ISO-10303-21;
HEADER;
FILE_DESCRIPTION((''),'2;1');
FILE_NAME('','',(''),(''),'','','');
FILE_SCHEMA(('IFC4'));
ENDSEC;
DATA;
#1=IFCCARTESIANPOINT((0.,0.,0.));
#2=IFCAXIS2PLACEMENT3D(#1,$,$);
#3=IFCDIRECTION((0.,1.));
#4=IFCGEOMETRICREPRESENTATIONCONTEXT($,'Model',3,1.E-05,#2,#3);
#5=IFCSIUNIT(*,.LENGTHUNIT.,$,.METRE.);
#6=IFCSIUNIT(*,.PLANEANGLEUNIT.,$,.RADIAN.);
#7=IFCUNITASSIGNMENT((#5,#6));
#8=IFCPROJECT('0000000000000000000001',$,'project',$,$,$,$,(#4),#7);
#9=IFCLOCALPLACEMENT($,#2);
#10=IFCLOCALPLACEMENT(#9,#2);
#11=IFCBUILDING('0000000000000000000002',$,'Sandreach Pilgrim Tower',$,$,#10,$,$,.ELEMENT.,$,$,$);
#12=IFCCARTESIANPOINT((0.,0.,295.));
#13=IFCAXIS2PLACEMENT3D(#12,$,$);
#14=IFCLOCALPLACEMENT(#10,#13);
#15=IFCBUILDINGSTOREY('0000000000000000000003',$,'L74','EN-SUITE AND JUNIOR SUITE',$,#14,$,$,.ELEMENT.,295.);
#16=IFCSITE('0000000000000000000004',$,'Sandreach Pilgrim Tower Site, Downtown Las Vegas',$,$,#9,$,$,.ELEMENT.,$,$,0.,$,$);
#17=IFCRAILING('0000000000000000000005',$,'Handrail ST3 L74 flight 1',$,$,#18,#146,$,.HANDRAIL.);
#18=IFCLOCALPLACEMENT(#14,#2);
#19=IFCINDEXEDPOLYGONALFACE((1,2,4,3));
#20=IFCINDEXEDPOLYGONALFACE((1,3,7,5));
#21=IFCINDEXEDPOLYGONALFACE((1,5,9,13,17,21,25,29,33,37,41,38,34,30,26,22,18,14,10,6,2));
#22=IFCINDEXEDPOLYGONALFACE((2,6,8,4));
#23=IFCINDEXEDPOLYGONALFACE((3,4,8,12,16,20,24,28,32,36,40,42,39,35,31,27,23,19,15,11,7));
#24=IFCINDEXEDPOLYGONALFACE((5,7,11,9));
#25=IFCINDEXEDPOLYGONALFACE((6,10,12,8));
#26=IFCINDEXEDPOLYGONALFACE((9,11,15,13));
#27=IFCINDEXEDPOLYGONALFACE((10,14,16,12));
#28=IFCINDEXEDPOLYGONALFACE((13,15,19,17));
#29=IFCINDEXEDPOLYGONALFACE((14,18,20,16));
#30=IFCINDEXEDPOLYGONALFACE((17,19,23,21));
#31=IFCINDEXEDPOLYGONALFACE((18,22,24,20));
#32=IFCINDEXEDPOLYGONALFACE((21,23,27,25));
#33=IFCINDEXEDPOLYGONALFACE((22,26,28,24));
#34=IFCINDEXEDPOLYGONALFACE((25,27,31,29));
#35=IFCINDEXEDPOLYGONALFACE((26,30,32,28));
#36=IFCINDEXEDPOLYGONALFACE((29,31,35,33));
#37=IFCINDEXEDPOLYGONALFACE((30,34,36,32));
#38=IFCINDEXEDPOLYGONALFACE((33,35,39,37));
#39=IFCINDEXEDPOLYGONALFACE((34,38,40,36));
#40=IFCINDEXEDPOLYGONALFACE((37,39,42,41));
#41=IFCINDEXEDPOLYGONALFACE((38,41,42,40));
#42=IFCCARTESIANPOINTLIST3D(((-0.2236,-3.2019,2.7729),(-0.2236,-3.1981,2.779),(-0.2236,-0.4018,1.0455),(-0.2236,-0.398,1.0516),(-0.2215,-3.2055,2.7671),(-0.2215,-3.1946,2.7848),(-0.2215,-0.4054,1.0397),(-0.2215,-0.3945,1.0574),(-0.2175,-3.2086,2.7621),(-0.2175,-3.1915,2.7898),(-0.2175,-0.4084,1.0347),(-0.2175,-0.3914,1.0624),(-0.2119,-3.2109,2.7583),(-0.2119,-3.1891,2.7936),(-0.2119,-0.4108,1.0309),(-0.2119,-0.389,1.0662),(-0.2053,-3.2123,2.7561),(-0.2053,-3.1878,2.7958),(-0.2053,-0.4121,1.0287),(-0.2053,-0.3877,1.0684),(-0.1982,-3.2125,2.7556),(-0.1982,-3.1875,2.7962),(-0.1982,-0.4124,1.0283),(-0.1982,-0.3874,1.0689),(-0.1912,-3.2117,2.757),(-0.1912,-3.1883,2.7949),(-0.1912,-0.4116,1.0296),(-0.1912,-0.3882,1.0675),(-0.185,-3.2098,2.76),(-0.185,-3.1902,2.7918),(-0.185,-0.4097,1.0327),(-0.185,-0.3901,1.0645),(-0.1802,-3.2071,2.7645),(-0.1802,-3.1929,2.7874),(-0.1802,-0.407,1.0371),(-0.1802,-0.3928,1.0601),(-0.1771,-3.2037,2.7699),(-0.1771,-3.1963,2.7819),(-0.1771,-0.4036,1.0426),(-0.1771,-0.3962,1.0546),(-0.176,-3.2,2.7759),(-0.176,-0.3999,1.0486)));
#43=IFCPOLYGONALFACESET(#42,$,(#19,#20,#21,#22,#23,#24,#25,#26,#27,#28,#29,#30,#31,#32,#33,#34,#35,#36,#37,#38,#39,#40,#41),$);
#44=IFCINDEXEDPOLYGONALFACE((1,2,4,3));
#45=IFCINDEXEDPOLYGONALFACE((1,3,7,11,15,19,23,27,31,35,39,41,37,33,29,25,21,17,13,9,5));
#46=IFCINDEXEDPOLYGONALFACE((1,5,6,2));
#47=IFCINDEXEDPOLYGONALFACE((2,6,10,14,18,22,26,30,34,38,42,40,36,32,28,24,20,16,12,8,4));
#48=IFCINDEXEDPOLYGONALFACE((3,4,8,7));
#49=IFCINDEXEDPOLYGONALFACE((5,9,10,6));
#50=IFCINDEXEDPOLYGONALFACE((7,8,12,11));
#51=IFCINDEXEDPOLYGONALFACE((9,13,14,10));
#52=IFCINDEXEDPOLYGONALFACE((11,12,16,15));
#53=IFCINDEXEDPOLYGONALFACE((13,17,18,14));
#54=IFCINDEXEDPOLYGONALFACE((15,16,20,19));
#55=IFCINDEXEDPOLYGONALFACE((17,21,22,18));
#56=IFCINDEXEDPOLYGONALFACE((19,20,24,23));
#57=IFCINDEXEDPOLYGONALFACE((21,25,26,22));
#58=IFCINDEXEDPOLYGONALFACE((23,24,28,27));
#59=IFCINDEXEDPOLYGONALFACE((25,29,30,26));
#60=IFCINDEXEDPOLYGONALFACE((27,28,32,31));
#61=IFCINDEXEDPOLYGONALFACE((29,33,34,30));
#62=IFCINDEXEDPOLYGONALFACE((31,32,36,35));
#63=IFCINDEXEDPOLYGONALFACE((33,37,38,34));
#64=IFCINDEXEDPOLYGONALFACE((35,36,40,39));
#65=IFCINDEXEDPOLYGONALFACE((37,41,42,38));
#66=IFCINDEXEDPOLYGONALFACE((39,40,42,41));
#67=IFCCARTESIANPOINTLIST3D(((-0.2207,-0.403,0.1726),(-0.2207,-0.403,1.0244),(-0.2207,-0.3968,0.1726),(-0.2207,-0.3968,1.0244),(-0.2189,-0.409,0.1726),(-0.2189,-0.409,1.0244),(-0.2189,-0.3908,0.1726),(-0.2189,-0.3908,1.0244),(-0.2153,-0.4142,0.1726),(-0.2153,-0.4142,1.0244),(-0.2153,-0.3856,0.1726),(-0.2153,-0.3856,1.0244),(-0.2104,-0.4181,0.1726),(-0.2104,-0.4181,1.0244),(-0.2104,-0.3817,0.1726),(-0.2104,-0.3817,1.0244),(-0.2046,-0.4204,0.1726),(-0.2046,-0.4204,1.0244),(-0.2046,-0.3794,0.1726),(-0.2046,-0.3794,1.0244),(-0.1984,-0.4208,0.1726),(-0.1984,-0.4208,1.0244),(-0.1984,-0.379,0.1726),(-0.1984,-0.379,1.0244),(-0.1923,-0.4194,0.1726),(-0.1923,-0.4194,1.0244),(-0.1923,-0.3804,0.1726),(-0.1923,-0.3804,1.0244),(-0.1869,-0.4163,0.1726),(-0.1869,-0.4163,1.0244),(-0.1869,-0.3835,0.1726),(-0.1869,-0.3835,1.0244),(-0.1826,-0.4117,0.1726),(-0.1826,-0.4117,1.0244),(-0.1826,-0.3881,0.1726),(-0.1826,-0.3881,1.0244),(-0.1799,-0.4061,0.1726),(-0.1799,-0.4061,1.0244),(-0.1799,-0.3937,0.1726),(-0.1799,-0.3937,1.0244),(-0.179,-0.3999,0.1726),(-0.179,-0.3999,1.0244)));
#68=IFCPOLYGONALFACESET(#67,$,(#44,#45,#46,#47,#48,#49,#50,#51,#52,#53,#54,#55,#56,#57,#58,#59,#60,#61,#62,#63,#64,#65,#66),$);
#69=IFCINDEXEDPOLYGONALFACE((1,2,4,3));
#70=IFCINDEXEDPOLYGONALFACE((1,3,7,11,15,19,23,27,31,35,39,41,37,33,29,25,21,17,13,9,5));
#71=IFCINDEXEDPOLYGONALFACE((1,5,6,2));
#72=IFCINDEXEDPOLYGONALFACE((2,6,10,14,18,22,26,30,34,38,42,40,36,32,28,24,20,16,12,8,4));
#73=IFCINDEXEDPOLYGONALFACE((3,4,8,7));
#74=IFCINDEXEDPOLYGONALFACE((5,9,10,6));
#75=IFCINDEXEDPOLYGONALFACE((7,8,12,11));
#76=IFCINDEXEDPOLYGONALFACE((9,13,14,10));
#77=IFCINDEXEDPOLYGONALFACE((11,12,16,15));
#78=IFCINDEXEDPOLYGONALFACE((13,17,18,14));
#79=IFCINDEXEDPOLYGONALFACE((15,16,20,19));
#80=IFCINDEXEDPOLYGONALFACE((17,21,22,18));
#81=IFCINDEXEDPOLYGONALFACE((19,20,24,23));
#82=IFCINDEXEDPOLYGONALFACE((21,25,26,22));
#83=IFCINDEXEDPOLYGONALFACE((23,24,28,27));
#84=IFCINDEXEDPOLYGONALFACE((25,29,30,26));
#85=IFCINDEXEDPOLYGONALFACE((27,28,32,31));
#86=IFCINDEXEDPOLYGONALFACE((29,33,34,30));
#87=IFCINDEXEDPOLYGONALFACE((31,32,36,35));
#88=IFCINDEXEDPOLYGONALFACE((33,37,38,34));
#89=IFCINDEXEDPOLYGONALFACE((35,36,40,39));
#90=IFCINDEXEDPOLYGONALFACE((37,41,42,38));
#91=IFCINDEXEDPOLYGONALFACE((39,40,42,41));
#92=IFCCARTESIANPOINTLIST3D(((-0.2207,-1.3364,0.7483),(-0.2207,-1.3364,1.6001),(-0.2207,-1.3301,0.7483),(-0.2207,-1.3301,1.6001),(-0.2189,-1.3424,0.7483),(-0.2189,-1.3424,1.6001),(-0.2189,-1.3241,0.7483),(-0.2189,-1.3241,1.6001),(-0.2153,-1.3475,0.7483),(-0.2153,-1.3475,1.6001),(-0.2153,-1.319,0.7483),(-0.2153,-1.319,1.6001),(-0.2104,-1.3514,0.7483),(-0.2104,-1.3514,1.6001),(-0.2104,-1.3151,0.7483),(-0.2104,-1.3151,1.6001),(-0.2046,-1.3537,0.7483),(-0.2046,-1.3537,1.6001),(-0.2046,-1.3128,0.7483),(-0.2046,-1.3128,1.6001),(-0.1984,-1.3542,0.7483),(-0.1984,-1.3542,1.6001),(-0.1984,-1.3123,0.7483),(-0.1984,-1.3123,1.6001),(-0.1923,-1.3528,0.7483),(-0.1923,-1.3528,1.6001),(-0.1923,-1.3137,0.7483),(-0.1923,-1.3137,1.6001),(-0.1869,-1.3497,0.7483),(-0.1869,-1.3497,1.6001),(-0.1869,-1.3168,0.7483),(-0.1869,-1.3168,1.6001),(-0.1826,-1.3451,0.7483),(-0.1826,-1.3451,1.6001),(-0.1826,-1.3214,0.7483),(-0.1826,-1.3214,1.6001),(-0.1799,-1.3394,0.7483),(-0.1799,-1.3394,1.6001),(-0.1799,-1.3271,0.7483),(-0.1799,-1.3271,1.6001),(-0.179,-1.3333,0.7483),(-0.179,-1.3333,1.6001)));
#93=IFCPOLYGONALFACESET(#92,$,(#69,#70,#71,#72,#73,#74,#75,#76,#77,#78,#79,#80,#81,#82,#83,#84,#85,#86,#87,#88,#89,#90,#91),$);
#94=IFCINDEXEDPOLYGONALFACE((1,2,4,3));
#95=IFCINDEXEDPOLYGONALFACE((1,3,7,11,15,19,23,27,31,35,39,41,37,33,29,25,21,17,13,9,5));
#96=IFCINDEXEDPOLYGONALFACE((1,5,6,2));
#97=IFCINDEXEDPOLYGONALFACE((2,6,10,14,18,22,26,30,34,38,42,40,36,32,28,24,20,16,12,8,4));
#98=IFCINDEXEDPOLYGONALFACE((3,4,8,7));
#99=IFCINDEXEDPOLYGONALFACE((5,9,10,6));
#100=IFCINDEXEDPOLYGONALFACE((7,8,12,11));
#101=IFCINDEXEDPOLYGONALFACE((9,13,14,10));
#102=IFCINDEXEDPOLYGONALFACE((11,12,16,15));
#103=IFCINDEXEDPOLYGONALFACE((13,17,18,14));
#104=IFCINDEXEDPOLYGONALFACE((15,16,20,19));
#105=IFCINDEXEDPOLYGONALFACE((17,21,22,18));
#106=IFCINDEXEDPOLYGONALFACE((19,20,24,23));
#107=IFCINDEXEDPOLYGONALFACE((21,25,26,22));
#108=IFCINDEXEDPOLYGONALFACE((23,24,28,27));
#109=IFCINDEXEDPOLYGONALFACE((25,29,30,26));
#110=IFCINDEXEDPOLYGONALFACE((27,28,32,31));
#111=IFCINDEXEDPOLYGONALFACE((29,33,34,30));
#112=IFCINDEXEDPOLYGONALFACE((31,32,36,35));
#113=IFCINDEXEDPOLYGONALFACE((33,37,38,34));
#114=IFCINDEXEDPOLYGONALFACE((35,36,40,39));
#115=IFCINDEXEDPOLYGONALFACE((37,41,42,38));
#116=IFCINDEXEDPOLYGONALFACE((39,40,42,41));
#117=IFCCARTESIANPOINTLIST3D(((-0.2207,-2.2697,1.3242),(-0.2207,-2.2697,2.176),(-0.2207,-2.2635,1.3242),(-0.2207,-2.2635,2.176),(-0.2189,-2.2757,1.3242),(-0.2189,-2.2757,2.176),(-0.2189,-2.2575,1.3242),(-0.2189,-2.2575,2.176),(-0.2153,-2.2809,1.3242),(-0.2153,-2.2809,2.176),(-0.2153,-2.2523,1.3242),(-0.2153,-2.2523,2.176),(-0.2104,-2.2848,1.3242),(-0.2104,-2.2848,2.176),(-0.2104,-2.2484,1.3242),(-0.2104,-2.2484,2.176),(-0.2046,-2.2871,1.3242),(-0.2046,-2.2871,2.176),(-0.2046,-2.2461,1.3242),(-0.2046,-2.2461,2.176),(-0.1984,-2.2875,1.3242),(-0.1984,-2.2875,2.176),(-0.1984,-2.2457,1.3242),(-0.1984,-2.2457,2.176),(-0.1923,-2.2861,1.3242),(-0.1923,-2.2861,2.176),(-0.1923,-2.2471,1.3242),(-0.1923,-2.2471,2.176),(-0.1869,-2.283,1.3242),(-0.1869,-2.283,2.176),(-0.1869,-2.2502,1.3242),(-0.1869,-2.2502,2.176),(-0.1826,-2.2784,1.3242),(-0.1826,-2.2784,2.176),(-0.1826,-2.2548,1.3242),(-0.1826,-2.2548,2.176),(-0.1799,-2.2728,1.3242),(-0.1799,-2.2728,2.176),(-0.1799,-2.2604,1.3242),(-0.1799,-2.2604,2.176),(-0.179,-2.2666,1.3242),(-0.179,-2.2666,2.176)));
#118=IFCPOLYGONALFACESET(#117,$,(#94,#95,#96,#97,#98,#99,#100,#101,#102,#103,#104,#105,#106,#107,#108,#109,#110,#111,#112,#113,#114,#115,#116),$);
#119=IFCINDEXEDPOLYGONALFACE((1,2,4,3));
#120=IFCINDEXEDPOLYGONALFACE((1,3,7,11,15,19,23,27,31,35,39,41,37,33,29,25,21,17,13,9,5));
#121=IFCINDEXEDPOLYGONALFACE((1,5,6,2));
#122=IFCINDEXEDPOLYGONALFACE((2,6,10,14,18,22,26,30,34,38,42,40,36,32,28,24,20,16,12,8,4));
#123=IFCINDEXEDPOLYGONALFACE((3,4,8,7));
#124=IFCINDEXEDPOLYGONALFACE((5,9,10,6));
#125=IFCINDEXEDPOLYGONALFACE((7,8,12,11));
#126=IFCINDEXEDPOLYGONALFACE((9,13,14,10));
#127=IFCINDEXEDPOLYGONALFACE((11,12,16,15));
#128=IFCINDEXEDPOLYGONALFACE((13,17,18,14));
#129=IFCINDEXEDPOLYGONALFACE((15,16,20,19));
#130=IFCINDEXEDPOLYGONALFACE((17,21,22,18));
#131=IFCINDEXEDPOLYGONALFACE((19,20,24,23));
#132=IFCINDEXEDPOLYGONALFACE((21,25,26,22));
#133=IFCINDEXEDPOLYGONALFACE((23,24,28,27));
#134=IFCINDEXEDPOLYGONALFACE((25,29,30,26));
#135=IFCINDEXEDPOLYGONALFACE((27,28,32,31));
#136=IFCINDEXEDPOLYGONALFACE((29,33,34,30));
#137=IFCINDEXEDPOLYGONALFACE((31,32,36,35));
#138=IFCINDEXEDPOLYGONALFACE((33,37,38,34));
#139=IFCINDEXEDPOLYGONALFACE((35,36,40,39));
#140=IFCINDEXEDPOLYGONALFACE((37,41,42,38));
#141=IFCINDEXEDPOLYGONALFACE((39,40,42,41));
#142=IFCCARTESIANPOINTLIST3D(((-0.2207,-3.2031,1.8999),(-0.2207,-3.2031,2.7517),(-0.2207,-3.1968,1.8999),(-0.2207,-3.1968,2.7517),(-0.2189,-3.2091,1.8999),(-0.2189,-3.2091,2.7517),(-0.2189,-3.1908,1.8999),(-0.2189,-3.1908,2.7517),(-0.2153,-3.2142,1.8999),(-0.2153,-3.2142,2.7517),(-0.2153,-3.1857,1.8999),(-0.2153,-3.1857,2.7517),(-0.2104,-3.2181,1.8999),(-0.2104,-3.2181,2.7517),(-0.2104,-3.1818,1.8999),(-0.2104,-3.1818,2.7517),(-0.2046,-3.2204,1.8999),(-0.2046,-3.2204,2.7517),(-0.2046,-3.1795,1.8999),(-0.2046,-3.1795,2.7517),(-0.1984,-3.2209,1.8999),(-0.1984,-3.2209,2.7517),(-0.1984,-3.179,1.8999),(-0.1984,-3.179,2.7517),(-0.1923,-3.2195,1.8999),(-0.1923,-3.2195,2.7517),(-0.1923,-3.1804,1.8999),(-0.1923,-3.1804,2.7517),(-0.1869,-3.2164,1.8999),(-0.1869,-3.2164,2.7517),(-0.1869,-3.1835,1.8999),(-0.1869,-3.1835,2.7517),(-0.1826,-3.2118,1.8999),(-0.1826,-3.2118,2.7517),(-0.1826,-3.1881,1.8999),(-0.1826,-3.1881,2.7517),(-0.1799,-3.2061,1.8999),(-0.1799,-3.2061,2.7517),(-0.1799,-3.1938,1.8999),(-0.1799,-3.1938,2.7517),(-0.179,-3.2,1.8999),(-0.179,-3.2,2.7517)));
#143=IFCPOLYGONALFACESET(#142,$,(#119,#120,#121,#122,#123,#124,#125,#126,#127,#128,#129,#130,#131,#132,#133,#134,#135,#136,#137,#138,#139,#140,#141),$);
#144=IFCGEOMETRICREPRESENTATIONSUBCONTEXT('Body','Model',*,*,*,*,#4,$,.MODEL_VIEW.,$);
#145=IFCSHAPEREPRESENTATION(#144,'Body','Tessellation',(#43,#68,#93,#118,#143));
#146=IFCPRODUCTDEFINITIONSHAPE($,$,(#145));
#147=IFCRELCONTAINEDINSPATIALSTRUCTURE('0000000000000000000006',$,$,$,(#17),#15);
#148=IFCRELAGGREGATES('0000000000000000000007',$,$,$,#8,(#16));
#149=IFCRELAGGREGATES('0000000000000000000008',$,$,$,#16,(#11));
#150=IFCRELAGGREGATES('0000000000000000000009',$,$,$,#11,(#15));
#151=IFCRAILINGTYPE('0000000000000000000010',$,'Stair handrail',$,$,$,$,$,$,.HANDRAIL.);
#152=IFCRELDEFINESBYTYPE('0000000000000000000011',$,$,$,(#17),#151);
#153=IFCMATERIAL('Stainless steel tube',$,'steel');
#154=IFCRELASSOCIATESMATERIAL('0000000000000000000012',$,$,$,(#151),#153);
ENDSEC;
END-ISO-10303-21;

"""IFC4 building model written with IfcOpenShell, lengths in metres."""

from ifc_helpers import new_model, si_unit, direction, frame, origin, origin_2d, place, context, subcontext, project, spatial, circle, extrude, material, type_object, element, save


model = new_model("IFC4")

# Units and contexts
model_context = context("Model", 3, precision=1e-05, world=origin(), true_north=direction((0.0, 1.0)))
body_context = subcontext(model_context, "Body", "Model", "MODEL_VIEW")
ifc_project = project(units=[si_unit("LENGTHUNIT", "METRE"), si_unit("PLANEANGLEUNIT", "RADIAN")], contexts=[model_context])

# Site, building, storey
site_placement = place(None, origin())
site = spatial("IfcSite", under=ifc_project, at=site_placement, Name="Sandreach Pilgrim Tower Site, Downtown Las Vegas", CompositionType="ELEMENT", RefElevation=0.0)
building_placement = place(site_placement, origin())
building = spatial("IfcBuilding", under=site, at=building_placement, Name="Sandreach Pilgrim Tower", CompositionType="ELEMENT")
storey_placement = place(building_placement, frame((0.0, 0.0, 295.0)))
storey = spatial("IfcBuildingStorey", under=building, at=storey_placement, Name="L74", Description="EN-SUITE AND JUNIOR SUITE", CompositionType="ELEMENT", Elevation=295.0)

# Railing
ifc_material_1 = material(Name="Stainless steel tube", Category="steel")
railing_type = type_object("IfcRailingType", Name="Stair handrail", PredefinedType="HANDRAIL", material=ifc_material_1)
for number, where, name in (
    (1, (-0.2, -0.3999, 0.1726), "Handrail ST3 L74 flight 1"),
):
    element("IfcRailing", number, at=place(storey_placement, frame(where)), inside=storey, type_object=railing_type, Name=name, PredefinedType="HANDRAIL", context=body_context, shape_type="SweptSolid", body=[
        extrude(circle(Radius=0.0239, at=origin_2d()), frame((0.0, 0.0, 0.876), z_axis=(0.0, -0.85109, 0.52502), x_axis=(1.0, 0.0, 0.0)), (0.0, 0.0, 1.0), 3.29),
        extrude(circle(Radius=0.021, at=origin_2d()), origin(), (0.0, 0.0, 1.0), 0.8518),
        extrude(circle(Radius=0.021, at=origin_2d()), frame((0.0, -0.9333, 0.5757)), (0.0, 0.0, 1.0), 0.8518),
        extrude(circle(Radius=0.021, at=origin_2d()), frame((0.0, -1.8667, 1.1516)), (0.0, 0.0, 1.0), 0.8518),
        extrude(circle(Radius=0.021, at=origin_2d()), frame((0.0, -2.8, 1.7273)), (0.0, 0.0, 1.0), 0.8518),
    ])

save(model, "model.ifc")
